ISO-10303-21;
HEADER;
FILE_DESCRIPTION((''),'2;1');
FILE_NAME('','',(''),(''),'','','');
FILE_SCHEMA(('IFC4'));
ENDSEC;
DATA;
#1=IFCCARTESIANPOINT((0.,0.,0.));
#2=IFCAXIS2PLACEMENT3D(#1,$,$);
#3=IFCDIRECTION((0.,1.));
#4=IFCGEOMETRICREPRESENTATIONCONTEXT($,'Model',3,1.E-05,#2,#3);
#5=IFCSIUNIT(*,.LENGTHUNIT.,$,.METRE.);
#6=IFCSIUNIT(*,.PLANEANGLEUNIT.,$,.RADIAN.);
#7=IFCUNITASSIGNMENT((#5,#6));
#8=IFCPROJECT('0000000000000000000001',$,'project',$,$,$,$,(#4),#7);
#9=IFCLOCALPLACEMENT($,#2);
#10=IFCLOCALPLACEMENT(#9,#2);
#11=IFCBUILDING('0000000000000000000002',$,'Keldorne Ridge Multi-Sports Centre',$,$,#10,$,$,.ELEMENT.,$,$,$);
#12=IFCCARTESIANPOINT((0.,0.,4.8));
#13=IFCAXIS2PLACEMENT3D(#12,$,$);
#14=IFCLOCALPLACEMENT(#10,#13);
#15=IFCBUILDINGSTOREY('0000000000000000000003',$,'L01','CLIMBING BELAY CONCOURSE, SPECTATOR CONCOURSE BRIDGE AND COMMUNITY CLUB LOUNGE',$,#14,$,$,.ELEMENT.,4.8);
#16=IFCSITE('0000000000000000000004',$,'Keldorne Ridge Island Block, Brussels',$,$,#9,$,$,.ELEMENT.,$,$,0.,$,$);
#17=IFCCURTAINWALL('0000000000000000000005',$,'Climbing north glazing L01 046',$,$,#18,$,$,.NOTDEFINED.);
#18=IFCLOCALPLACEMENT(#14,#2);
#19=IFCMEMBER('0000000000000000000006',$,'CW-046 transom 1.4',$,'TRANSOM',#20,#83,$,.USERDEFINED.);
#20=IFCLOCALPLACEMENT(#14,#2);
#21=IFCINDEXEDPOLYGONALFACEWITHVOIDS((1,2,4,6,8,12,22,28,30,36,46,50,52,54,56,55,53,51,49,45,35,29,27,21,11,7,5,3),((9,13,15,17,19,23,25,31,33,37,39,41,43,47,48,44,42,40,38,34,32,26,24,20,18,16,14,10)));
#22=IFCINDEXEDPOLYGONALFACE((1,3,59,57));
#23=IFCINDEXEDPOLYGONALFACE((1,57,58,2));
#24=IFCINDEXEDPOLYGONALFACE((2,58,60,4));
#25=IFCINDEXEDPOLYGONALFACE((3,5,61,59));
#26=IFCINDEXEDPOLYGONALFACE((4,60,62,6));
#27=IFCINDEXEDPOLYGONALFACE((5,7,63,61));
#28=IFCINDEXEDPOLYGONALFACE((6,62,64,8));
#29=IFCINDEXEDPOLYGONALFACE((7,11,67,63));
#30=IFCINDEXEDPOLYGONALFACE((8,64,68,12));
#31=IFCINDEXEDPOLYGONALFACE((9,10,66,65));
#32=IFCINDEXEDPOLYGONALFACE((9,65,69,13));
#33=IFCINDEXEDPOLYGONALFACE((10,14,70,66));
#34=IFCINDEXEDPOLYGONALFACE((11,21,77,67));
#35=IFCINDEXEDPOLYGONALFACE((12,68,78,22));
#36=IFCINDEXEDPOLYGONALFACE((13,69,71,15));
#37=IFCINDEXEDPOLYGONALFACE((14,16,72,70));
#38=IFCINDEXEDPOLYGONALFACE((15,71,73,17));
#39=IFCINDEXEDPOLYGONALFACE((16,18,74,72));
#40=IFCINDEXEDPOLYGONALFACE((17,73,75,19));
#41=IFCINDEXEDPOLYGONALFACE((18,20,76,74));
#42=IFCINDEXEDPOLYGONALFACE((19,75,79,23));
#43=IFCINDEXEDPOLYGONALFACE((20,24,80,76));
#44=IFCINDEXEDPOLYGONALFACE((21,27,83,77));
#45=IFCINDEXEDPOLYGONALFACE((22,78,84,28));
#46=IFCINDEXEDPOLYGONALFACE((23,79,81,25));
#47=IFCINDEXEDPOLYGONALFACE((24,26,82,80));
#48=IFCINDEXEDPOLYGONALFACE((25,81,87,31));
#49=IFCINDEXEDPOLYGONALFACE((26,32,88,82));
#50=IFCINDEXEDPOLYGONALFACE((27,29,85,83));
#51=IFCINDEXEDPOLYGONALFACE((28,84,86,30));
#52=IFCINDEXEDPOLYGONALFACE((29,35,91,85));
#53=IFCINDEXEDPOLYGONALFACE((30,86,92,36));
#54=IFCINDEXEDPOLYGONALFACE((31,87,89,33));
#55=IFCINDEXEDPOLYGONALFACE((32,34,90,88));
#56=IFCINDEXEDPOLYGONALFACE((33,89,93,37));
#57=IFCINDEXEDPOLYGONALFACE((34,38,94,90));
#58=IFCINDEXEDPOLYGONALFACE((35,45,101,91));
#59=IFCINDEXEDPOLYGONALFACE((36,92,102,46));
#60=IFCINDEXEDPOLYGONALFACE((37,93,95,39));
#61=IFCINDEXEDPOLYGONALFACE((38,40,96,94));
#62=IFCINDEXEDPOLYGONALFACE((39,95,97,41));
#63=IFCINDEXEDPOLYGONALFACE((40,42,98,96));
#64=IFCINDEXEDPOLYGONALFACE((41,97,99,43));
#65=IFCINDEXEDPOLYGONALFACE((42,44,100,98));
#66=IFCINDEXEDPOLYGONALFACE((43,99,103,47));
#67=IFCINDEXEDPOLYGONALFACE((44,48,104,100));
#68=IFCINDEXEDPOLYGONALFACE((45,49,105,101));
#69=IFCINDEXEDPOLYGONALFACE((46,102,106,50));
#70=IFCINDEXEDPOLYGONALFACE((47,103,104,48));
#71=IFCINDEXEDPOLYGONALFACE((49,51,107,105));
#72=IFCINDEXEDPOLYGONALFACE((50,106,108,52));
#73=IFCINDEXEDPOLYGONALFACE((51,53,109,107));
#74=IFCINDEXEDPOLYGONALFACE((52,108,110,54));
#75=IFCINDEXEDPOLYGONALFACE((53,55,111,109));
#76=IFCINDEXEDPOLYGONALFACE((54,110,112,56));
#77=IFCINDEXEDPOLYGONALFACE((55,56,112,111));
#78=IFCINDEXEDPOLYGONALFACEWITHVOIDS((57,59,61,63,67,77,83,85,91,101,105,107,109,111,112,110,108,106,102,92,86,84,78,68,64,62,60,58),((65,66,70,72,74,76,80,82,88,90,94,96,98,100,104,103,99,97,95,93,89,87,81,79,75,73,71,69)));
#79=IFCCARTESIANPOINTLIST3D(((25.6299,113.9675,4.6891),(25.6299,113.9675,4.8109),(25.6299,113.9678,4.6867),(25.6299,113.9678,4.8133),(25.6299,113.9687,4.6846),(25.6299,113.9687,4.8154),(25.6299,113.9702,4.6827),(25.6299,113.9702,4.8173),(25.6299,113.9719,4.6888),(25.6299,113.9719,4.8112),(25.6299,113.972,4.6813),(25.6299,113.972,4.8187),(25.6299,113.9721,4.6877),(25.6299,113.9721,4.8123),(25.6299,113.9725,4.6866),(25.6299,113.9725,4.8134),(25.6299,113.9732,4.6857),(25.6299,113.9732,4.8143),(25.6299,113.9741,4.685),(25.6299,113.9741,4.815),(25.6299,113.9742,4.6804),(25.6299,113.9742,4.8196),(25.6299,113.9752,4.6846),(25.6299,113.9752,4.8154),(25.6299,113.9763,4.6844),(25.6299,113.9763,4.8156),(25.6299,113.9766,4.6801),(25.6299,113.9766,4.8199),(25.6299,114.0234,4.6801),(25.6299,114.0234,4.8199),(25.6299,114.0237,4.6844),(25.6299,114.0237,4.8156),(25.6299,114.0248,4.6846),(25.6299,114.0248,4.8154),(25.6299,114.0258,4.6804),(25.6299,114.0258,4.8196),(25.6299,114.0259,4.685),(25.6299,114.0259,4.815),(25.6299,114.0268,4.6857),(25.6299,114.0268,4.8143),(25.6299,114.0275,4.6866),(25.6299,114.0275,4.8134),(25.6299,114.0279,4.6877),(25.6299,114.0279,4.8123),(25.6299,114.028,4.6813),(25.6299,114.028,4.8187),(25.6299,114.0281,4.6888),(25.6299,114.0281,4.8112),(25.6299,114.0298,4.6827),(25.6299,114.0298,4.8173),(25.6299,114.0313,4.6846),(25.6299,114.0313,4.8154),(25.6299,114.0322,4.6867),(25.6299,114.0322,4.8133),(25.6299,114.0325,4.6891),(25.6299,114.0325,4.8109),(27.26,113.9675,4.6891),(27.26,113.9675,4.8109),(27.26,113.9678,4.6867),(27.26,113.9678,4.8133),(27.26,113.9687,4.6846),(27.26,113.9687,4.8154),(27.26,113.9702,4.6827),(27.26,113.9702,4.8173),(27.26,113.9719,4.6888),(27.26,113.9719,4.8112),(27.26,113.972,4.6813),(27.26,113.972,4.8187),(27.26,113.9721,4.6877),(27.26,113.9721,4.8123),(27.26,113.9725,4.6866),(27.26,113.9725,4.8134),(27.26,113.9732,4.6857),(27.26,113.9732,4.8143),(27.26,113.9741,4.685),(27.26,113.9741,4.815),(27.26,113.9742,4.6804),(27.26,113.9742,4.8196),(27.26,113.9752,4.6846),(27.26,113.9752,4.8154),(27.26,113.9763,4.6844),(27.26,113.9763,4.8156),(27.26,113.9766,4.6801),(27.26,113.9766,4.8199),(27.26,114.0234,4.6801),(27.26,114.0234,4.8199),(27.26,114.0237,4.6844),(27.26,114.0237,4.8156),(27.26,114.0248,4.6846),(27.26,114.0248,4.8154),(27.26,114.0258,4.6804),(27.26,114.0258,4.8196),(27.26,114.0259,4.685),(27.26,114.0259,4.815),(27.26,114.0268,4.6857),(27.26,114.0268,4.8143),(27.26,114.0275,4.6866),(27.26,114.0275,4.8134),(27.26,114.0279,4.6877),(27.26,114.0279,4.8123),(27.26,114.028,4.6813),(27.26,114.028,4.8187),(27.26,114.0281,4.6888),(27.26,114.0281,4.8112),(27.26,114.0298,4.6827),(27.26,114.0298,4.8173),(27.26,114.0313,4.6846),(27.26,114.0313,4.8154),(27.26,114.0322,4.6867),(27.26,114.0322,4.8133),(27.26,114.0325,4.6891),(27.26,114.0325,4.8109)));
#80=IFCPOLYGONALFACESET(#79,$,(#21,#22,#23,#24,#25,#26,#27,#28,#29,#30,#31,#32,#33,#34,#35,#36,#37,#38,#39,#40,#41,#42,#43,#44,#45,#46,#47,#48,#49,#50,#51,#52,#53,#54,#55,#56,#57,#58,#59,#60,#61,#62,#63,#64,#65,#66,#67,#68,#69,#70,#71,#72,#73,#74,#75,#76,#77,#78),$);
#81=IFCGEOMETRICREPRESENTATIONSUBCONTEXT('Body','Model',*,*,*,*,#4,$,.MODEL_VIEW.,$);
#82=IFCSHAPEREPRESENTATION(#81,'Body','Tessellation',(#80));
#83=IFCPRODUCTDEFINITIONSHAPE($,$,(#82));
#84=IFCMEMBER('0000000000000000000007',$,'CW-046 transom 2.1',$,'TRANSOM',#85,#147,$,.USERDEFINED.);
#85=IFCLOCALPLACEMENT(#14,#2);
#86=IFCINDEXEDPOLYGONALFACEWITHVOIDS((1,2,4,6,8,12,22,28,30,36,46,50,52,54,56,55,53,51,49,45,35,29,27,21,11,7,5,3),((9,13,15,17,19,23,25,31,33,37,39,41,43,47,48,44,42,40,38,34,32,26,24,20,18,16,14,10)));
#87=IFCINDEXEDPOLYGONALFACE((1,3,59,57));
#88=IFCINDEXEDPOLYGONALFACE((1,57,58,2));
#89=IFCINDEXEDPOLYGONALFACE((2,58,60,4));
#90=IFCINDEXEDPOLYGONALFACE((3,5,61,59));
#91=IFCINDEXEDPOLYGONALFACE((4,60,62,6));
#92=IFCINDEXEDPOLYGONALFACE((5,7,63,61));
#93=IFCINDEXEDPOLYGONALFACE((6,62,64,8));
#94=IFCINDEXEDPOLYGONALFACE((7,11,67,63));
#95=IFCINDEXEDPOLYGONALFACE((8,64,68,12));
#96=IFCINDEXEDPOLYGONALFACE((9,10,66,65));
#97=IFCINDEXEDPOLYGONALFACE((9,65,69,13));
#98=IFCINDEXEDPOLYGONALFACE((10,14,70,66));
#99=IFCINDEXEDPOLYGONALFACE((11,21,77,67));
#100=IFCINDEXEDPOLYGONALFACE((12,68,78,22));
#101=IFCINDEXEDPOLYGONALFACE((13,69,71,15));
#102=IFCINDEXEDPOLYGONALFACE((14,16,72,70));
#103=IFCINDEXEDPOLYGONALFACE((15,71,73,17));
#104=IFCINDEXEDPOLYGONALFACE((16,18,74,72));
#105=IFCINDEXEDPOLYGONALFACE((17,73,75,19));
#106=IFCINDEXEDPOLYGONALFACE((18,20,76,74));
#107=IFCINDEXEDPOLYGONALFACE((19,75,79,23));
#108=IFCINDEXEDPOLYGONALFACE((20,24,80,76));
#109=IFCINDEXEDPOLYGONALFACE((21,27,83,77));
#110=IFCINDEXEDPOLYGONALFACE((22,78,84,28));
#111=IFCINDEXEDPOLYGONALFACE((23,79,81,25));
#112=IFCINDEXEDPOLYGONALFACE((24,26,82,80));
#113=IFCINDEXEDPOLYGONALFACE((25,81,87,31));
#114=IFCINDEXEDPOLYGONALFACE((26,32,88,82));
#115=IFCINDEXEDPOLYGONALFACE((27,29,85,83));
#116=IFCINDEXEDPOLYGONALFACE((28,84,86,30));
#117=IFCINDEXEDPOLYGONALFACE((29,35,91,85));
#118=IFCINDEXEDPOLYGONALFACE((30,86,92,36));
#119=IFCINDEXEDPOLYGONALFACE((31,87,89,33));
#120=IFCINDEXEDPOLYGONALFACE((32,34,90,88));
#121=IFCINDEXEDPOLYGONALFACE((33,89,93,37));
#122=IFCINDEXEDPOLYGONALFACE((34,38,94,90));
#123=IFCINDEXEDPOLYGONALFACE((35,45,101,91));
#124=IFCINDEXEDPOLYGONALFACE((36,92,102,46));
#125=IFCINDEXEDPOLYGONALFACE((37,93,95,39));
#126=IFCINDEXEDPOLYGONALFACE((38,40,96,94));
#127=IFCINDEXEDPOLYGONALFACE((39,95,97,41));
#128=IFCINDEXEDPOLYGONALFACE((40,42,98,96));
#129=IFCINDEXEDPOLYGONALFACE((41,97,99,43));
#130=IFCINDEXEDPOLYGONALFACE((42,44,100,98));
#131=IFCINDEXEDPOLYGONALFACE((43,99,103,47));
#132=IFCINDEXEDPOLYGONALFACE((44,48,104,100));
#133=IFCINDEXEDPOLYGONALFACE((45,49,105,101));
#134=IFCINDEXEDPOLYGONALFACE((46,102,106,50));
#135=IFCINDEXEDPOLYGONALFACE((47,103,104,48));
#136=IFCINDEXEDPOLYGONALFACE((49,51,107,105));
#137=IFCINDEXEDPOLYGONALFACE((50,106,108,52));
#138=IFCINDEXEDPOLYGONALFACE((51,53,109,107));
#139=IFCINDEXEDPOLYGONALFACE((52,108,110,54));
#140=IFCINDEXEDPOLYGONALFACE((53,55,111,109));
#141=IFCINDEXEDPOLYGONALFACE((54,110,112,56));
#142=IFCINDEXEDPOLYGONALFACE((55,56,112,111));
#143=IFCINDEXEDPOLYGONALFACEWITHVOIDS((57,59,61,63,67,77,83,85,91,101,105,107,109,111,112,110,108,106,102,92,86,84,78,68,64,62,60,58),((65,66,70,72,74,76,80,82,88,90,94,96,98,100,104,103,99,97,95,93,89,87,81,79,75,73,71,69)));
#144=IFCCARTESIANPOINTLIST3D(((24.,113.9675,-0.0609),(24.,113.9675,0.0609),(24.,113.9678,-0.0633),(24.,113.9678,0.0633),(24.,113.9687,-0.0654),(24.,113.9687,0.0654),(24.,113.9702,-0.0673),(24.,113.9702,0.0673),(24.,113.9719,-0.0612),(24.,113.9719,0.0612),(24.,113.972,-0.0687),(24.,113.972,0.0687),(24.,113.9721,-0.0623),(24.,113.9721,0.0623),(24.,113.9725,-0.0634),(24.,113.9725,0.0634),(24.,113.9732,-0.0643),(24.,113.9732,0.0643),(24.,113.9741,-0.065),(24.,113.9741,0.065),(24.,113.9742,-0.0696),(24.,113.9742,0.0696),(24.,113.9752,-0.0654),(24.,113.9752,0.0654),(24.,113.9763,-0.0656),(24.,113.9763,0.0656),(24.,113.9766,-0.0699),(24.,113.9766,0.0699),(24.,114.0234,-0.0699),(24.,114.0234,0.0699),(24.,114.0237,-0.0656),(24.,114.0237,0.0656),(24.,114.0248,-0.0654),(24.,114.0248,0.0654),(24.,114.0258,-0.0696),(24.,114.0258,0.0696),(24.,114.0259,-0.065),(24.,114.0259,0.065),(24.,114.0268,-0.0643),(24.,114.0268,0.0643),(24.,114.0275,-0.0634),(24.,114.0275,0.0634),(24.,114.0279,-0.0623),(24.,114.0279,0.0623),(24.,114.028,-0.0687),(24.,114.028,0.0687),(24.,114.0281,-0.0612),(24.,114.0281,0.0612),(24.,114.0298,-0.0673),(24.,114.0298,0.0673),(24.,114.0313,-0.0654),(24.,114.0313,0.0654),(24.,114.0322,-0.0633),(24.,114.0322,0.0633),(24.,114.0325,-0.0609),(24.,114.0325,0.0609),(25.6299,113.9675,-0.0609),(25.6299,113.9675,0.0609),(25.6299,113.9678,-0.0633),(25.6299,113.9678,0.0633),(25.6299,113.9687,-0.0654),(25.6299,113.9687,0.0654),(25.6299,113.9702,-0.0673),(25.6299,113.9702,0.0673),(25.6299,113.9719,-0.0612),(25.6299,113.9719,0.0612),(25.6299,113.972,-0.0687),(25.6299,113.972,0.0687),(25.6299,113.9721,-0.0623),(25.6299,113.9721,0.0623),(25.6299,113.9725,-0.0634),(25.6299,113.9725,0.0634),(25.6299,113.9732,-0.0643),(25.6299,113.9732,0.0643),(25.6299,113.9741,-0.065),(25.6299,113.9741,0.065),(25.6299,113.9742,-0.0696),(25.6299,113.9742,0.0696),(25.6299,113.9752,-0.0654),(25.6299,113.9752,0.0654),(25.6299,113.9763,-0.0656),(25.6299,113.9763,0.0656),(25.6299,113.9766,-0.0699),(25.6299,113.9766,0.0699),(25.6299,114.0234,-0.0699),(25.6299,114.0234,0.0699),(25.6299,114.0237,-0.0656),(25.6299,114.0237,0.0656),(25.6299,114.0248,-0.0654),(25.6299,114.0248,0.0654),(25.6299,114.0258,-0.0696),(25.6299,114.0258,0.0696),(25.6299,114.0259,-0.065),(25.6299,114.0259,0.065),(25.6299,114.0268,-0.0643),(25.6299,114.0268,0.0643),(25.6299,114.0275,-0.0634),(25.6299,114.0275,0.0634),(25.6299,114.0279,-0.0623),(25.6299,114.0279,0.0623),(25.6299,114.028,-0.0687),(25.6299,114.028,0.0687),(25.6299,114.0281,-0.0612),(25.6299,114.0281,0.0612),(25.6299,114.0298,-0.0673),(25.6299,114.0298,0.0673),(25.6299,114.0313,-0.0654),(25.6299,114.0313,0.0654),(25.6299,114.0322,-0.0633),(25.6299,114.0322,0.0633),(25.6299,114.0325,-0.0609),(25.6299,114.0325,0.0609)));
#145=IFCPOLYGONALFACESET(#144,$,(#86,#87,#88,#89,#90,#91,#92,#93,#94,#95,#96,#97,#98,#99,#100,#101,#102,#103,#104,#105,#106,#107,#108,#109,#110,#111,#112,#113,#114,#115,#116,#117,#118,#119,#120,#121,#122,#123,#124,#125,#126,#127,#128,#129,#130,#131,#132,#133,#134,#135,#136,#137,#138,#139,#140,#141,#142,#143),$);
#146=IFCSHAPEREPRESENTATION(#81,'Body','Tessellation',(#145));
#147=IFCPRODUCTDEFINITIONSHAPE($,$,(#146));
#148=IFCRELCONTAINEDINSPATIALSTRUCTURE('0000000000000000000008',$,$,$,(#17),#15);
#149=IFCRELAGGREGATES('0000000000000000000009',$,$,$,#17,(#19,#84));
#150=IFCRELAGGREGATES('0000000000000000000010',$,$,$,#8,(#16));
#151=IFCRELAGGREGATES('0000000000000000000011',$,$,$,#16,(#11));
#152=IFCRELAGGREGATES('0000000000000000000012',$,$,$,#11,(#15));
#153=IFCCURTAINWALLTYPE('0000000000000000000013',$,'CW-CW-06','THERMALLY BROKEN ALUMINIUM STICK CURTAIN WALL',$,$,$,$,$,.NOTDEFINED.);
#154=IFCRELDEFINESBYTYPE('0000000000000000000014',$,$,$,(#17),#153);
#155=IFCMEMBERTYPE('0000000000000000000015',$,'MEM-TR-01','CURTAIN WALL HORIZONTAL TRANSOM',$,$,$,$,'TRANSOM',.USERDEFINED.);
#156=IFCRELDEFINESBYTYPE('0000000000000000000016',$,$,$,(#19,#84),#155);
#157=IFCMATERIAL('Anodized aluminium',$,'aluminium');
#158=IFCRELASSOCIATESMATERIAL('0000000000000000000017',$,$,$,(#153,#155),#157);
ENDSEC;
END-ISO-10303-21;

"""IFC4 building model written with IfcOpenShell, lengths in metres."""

from ifc_helpers import new_model, si_unit, direction, frame, origin, origin_2d, place, context, subcontext, project, spatial, hollow_rectangle, extrude, material, material_profile, profile_set, type_object, element, aggregate, save


model = new_model("IFC4")

# Units and contexts
model_context = context("Model", 3, precision=1e-05, world=origin(), true_north=direction((0.0, 1.0)))
body_context = subcontext(model_context, "Body", "Model", "MODEL_VIEW")
ifc_project = project(units=[si_unit("LENGTHUNIT", "METRE"), si_unit("PLANEANGLEUNIT", "RADIAN")], contexts=[model_context])

# Site, building, storey
site_placement = place(None, origin())
site = spatial("IfcSite", under=ifc_project, at=site_placement, Name="Keldorne Ridge Island Block, Brussels", CompositionType="ELEMENT", RefElevation=0.0)
building_placement = place(site_placement, origin())
building = spatial("IfcBuilding", under=site, at=building_placement, Name="Keldorne Ridge Multi-Sports Centre", CompositionType="ELEMENT")
storey_placement = place(building_placement, frame((0.0, 0.0, 4.8)))
storey = spatial("IfcBuildingStorey", under=building, at=storey_placement, Name="L01", Description="CLIMBING BELAY CONCOURSE, SPECTATOR CONCOURSE BRIDGE AND COMMUNITY CLUB LOUNGE", CompositionType="ELEMENT", Elevation=4.8)

# Curtain wall
ifc_material_1 = material(Name="Anodized aluminium", Category="aluminium")
curtain_wall_type_1 = type_object("IfcCurtainWallType", Name="CW-CW-06", Description="THERMALLY BROKEN ALUMINIUM STICK CURTAIN WALL", PredefinedType="NOTDEFINED", material=ifc_material_1)
curtain_wall_1_placement = place(storey_placement, origin())
curtain_wall_1 = element("IfcCurtainWall", 1, at=curtain_wall_1_placement, inside=storey, type_object=curtain_wall_type_1, Name="Climbing north glazing L01 046", PredefinedType="NOTDEFINED")

# Members
ifc_material_profile_1 = material_profile(ifc_material_1, hollow_rectangle(XDim=0.0649, YDim=0.1399, WallThickness=0.0044, InnerFilletRadius=0.0044, OuterFilletRadius=0.009, at=origin_2d()), Name="ALU TRANSOM 140x65x4.5")
ifc_profile_set_1 = profile_set([ifc_material_profile_1], Name="Anodized aluminium")
member_type_1 = type_object("IfcMemberType", Name="MEM-TR-01", Description="CURTAIN WALL HORIZONTAL TRANSOM", ElementType="TRANSOM", PredefinedType="USERDEFINED", material=ifc_profile_set_1)
member_1_placement = place(storey_placement, frame((27.26, 114.0, 4.75), z_axis=(-1.0, 0.0, 0.0), x_axis=(0.0, -1.0, 0.0)))
member_1 = element("IfcMember", 2, at=member_1_placement, type_object=member_type_1, Name="CW-046 transom 1.4", ObjectType="TRANSOM", PredefinedType="USERDEFINED", context=body_context, shape_type="SweptSolid", body=[
    extrude(hollow_rectangle(XDim=0.0649, YDim=0.1399, WallThickness=0.0044, InnerFilletRadius=0.0044, OuterFilletRadius=0.009, at=origin_2d()), origin(), (0.0, 0.0, 1.0), 1.6301),
])
member_2_placement = place(storey_placement, frame((25.6299, 114.0, 0.0), z_axis=(-1.0, 0.0, 0.0), x_axis=(0.0, -1.0, 0.0)))
member_2 = element("IfcMember", 3, at=member_2_placement, type_object=member_type_1, Name="CW-046 transom 2.1", ObjectType="TRANSOM", PredefinedType="USERDEFINED", context=body_context, shape_type="SweptSolid", body=[
    extrude(hollow_rectangle(XDim=0.0649, YDim=0.1399, WallThickness=0.0044, InnerFilletRadius=0.0044, OuterFilletRadius=0.009, at=origin_2d()), origin(), (0.0, 0.0, 1.0), 1.6299),
])

aggregate(curtain_wall_1, [member_1, member_2])

save(model, "model.ifc")
